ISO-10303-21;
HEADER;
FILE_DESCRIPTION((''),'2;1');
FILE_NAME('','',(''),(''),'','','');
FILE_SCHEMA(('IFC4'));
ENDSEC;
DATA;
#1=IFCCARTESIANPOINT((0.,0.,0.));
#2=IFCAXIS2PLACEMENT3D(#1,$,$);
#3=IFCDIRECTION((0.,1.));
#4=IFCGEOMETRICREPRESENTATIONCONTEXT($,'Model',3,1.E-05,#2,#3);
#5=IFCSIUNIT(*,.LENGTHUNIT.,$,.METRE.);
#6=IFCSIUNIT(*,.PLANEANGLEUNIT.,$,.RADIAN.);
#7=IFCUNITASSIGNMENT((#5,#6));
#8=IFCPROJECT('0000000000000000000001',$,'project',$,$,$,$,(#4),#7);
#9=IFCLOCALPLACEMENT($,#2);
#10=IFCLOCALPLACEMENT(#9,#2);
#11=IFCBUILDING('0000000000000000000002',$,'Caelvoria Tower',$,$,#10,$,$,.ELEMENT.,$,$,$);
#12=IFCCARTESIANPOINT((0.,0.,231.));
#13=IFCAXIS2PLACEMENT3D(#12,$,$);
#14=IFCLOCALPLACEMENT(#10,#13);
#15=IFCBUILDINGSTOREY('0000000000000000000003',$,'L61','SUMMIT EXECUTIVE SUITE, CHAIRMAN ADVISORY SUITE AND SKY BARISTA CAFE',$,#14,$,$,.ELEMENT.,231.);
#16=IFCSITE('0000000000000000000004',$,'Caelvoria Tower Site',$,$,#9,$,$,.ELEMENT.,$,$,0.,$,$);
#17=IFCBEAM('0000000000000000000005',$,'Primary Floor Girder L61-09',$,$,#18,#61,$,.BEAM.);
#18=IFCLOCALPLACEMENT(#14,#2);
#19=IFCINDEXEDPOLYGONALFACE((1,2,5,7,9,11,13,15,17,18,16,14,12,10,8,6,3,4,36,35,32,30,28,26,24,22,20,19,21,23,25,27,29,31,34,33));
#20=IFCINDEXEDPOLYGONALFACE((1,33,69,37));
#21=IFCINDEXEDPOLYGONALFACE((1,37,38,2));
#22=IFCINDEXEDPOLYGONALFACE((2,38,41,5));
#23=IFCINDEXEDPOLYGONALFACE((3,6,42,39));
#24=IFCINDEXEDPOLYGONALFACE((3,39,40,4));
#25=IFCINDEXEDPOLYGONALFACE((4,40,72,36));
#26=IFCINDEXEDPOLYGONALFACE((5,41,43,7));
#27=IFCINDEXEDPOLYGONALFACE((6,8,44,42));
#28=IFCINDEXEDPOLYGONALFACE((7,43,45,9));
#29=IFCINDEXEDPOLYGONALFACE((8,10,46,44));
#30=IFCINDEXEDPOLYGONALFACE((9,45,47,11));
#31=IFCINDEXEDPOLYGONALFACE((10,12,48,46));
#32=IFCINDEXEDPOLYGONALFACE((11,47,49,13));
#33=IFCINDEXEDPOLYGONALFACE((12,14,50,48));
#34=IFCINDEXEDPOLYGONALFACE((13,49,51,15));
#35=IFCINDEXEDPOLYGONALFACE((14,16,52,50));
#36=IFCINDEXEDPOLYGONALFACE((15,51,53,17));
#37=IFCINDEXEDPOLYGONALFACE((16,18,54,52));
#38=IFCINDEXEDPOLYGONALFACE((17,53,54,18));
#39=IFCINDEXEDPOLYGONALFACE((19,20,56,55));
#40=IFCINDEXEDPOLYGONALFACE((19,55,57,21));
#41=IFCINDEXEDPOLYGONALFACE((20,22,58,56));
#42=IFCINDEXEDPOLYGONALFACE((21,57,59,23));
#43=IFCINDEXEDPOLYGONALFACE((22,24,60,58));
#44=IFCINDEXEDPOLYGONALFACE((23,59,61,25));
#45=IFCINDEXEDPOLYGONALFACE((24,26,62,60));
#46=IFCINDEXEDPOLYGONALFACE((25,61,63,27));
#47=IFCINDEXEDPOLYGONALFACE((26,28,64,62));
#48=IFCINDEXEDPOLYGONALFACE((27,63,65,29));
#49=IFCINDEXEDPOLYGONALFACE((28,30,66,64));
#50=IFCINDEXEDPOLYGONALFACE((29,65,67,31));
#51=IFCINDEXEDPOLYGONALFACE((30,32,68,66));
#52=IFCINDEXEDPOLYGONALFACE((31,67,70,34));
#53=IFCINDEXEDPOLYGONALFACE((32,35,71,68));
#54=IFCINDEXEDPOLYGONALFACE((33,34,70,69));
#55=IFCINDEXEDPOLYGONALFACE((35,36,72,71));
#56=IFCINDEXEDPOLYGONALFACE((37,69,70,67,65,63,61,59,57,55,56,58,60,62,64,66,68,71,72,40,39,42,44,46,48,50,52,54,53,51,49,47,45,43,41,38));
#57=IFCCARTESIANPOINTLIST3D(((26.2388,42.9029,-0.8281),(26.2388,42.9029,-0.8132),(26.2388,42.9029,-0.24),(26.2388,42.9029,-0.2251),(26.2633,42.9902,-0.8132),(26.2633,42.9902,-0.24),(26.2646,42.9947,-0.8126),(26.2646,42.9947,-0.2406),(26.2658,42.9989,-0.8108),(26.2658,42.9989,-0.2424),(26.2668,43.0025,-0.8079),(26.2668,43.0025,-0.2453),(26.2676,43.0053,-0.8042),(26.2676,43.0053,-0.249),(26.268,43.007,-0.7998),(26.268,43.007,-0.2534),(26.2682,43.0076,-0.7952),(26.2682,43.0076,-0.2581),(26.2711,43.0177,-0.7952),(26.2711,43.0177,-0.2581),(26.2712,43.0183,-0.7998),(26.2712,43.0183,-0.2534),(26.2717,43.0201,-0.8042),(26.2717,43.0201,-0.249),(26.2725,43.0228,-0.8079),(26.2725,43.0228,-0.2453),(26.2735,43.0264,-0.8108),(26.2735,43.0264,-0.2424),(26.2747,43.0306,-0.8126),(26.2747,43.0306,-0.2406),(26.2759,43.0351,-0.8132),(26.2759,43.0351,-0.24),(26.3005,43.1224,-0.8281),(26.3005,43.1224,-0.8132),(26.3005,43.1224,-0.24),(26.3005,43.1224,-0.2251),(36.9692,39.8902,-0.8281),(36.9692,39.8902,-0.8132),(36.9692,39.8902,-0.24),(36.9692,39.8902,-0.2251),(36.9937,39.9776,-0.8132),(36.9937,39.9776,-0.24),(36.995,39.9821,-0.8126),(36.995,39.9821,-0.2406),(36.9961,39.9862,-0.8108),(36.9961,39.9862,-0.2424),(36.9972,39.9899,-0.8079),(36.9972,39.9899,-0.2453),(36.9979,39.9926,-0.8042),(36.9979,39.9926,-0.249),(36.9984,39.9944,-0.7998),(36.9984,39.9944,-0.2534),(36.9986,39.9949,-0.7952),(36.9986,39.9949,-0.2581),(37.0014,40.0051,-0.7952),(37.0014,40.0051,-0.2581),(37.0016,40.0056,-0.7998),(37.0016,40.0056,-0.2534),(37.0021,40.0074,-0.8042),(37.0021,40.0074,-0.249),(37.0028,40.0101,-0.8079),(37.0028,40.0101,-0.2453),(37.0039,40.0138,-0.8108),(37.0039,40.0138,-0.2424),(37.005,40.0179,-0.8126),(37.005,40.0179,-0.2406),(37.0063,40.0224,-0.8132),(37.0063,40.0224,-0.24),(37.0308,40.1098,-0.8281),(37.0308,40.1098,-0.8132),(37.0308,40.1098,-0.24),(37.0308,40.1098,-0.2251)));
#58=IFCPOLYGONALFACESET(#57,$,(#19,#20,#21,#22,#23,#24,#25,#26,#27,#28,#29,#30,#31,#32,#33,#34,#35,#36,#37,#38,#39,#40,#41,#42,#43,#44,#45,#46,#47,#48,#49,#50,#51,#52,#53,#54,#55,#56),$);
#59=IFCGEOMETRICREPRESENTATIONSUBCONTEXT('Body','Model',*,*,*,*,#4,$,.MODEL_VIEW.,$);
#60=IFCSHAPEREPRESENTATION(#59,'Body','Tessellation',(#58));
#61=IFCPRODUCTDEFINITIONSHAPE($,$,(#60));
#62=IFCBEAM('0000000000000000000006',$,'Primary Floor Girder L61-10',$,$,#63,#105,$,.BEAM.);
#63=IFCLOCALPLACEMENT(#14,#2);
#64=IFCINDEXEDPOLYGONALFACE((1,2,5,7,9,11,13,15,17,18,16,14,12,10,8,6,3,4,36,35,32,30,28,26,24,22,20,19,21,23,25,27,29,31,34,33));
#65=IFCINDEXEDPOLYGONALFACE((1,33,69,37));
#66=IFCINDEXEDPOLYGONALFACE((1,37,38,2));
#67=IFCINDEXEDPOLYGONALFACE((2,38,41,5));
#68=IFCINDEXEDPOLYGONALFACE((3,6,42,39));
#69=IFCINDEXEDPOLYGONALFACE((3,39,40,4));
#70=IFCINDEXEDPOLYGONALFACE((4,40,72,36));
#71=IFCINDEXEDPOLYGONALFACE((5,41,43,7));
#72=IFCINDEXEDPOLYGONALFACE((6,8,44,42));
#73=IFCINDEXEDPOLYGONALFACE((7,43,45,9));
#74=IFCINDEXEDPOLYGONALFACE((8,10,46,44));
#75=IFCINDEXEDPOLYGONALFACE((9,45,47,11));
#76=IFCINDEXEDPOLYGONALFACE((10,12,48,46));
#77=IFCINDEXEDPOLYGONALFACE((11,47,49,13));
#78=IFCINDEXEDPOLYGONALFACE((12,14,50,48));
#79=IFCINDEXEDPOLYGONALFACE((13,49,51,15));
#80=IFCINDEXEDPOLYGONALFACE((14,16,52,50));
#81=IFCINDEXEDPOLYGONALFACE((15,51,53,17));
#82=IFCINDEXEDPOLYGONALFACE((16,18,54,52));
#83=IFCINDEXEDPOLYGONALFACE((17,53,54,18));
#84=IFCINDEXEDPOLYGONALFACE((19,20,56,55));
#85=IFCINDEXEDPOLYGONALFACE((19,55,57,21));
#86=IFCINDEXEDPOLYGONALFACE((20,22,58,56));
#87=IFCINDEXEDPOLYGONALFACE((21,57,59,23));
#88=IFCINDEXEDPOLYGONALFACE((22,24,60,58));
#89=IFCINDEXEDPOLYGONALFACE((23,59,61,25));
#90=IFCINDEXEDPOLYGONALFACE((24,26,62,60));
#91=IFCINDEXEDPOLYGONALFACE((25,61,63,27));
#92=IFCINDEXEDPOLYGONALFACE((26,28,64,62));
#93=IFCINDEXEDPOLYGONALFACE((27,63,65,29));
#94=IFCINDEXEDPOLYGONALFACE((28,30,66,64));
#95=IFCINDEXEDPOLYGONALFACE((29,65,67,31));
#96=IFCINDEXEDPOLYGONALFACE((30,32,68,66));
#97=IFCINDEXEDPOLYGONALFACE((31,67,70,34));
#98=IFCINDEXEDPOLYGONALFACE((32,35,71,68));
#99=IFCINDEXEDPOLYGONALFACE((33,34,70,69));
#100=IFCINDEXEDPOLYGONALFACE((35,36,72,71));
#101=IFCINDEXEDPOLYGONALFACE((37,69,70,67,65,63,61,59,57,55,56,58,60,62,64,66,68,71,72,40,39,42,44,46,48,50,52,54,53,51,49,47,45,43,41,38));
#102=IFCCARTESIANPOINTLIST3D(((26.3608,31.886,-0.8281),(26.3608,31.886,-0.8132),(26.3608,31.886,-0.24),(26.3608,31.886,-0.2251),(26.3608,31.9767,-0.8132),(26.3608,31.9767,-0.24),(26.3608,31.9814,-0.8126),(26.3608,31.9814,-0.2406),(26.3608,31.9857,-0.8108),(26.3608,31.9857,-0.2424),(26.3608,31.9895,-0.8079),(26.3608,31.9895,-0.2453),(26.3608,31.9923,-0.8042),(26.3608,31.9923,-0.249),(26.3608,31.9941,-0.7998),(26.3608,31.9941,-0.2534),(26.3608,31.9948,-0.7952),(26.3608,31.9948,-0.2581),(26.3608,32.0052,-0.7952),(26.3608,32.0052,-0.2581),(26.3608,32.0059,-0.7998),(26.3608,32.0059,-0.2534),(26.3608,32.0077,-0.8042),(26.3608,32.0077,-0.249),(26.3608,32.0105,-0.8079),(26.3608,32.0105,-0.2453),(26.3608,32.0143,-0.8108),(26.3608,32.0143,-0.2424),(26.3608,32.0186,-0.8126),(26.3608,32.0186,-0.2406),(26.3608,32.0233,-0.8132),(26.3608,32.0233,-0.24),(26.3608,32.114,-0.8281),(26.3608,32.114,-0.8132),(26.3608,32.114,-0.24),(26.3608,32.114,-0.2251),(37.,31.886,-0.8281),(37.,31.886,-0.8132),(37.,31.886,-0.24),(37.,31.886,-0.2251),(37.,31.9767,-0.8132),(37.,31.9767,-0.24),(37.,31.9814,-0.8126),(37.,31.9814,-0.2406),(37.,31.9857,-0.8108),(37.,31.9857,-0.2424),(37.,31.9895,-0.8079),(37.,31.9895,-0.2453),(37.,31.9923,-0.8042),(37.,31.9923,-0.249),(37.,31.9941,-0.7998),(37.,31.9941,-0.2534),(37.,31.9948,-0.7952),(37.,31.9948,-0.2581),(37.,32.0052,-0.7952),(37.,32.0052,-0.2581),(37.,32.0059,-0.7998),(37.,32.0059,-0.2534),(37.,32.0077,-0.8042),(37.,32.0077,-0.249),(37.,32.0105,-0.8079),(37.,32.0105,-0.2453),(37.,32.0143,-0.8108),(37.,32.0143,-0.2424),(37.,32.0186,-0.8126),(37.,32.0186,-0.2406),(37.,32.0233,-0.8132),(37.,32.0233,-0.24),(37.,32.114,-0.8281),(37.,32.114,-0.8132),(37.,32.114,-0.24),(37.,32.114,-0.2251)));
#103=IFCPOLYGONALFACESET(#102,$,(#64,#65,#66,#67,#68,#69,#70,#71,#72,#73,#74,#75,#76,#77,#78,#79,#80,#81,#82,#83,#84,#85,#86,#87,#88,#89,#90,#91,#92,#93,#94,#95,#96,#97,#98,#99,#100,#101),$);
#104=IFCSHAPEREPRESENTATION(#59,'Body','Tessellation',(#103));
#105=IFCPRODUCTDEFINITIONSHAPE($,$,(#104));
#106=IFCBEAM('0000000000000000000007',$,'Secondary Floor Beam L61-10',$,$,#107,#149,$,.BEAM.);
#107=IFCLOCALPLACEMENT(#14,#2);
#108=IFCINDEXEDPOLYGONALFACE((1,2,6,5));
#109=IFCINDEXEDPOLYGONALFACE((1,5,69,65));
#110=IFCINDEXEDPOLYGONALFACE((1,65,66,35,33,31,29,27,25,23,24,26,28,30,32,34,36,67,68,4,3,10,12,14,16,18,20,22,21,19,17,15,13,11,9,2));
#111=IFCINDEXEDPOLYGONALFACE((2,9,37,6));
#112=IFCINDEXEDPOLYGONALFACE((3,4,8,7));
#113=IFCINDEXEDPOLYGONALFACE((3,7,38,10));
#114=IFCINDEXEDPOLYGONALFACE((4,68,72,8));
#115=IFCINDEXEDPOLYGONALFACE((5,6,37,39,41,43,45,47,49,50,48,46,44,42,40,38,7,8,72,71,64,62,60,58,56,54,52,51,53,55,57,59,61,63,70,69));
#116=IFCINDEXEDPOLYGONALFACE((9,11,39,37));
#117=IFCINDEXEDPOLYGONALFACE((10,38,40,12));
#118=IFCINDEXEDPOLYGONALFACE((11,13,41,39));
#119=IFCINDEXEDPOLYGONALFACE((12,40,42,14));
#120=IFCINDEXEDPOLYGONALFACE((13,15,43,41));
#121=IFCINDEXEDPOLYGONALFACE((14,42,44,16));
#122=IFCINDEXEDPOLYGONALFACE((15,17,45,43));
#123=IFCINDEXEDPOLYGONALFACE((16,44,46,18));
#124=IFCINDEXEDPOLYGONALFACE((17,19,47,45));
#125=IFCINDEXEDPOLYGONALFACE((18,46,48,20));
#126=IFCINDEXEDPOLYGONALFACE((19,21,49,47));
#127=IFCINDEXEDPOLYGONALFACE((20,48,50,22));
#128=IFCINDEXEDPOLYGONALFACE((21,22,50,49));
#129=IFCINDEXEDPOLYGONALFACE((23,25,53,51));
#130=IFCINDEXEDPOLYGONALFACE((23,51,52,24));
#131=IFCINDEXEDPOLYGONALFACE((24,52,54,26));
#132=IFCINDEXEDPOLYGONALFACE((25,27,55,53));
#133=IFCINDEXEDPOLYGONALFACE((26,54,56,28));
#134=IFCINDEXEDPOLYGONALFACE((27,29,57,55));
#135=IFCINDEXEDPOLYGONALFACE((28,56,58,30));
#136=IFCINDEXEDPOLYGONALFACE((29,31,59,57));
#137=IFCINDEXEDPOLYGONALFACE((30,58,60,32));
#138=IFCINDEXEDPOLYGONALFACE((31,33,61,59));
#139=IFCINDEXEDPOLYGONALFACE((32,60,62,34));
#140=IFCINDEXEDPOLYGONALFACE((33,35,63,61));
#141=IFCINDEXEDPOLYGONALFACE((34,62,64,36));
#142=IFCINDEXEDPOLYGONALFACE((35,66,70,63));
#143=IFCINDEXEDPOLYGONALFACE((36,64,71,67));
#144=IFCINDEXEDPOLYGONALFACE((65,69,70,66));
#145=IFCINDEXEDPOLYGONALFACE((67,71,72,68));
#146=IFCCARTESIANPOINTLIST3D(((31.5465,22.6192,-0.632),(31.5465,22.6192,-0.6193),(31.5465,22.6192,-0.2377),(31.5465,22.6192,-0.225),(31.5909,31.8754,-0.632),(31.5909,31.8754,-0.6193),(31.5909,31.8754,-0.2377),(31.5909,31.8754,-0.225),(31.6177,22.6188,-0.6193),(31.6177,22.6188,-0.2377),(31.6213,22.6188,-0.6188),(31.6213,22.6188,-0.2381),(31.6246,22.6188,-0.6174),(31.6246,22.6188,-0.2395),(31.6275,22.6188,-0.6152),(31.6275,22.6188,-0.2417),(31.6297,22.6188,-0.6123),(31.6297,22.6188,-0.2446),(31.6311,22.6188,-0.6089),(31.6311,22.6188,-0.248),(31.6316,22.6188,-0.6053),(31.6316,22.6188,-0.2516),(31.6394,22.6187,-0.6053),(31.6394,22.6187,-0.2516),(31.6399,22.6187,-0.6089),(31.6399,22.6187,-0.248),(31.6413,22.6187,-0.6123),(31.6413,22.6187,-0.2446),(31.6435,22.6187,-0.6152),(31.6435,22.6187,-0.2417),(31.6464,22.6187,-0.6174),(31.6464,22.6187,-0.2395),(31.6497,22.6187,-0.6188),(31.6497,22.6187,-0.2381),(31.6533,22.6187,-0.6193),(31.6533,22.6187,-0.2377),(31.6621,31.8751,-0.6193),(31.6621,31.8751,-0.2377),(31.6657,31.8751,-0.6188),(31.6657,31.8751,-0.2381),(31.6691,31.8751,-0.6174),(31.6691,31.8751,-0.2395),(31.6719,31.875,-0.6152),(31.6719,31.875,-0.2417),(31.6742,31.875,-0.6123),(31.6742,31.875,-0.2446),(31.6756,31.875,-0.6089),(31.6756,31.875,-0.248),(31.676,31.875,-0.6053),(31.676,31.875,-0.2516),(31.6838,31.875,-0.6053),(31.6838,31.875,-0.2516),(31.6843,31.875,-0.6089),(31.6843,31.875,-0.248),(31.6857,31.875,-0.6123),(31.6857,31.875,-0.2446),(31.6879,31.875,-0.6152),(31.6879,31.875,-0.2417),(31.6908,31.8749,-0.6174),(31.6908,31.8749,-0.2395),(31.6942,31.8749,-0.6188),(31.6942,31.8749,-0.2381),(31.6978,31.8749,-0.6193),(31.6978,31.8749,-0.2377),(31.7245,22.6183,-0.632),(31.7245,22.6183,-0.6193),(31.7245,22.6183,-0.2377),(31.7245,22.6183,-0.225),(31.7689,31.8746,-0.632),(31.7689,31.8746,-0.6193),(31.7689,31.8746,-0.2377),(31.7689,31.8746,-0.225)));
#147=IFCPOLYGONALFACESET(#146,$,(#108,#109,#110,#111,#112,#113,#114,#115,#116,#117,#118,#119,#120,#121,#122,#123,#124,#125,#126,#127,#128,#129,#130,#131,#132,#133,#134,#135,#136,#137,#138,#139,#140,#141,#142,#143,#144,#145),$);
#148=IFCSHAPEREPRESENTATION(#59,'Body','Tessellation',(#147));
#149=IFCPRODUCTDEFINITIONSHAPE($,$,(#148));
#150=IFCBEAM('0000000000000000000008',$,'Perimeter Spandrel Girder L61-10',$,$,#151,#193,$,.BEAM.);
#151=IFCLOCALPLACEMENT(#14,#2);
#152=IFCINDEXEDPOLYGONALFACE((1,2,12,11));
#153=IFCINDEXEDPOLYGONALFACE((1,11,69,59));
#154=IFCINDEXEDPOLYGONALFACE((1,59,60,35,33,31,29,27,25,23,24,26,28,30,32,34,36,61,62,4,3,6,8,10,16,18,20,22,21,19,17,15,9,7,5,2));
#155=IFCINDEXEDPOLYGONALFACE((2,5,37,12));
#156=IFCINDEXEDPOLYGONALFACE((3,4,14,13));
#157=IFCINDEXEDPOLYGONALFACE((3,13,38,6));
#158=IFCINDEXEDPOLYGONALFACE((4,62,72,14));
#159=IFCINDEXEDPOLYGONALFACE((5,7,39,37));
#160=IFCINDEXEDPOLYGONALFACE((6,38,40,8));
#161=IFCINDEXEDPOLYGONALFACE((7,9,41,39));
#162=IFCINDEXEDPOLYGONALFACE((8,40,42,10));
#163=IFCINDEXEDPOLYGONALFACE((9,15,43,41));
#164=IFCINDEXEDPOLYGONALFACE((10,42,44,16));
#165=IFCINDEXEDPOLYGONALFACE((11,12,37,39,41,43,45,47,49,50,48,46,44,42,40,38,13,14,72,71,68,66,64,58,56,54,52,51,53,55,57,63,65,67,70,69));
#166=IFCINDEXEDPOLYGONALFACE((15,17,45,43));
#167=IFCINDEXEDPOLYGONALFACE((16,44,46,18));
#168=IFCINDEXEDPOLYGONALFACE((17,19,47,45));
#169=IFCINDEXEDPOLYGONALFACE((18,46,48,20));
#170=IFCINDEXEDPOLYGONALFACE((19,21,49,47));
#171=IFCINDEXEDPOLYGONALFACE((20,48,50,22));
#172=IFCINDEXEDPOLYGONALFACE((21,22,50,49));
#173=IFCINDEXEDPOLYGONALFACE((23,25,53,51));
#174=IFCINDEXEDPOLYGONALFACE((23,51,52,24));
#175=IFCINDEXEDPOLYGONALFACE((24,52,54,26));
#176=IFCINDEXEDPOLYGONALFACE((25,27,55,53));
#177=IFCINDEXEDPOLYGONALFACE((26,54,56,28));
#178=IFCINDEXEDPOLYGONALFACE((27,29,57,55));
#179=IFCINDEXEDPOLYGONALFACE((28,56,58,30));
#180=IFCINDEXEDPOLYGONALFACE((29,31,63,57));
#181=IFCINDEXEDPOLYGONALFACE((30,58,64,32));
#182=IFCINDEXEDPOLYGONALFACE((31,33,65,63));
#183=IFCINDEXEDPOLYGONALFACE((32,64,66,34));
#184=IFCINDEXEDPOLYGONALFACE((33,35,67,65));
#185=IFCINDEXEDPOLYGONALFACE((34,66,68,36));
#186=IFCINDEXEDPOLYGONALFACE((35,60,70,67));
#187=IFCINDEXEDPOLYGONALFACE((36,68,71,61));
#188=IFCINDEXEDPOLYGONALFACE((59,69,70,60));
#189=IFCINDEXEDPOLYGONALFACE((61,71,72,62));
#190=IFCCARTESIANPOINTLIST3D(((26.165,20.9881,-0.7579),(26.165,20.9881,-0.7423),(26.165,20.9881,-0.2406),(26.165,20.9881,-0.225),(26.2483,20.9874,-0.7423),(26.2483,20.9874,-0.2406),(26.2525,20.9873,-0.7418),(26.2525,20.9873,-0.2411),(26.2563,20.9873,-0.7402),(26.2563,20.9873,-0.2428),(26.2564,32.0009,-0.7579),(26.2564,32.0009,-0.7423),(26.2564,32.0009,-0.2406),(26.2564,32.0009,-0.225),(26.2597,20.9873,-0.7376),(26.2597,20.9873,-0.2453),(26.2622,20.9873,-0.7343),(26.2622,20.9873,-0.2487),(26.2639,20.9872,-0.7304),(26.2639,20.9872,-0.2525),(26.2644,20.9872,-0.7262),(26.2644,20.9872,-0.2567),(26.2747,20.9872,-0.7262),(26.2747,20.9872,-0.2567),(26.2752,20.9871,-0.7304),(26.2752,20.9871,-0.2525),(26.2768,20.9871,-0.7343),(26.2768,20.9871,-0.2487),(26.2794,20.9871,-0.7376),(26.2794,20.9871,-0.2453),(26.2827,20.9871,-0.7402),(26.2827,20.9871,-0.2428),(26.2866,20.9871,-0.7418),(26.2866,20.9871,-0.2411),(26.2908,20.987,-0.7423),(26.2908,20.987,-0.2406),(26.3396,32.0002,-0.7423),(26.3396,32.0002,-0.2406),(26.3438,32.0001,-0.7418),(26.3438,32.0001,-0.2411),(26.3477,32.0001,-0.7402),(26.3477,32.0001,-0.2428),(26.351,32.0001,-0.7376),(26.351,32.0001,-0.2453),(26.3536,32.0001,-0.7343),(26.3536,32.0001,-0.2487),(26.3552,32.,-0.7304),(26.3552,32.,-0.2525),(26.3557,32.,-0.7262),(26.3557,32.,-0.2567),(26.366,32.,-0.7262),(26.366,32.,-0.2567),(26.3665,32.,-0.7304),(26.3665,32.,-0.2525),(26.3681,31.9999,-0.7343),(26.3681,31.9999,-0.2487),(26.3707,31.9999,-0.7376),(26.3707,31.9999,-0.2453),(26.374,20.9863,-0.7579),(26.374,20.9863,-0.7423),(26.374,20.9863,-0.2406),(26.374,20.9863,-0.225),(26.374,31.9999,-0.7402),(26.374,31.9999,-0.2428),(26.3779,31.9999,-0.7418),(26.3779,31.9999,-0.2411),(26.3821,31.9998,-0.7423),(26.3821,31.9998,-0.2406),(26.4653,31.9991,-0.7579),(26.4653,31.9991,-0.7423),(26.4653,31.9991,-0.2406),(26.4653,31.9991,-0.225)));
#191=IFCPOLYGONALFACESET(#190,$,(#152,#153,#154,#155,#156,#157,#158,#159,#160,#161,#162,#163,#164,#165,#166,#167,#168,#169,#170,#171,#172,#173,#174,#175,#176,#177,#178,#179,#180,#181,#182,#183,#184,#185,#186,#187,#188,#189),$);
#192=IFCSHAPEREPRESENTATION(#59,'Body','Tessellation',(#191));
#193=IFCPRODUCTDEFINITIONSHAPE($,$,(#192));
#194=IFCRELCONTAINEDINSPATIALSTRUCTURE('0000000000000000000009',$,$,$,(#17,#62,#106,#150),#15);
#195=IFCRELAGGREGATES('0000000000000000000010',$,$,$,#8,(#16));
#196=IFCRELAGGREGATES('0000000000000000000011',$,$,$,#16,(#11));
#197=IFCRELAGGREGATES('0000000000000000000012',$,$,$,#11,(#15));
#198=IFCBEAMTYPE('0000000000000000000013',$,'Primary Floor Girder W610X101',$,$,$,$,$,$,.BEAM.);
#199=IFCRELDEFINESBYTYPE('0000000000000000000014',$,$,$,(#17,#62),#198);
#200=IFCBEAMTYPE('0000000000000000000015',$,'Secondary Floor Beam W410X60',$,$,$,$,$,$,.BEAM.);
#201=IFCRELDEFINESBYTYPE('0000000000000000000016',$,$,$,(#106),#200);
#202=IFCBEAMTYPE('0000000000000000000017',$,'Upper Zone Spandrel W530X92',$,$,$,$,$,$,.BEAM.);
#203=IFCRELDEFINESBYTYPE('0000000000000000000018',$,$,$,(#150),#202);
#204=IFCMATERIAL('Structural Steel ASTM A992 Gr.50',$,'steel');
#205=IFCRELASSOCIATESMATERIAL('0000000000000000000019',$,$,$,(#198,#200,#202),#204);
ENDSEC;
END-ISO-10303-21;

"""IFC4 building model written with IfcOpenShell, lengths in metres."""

from ifc_helpers import new_model, si_unit, direction, frame, origin, origin_2d, place, context, subcontext, project, spatial, i_section, extrude, material, material_profile, profile_set, type_object, element, save


model = new_model("IFC4")

# Units and contexts
model_context = context("Model", 3, precision=1e-05, world=origin(), true_north=direction((0.0, 1.0)))
body_context = subcontext(model_context, "Body", "Model", "MODEL_VIEW")
ifc_project = project(units=[si_unit("LENGTHUNIT", "METRE"), si_unit("PLANEANGLEUNIT", "RADIAN")], contexts=[model_context])

# Site, building, storey
site_placement = place(None, origin())
site = spatial("IfcSite", under=ifc_project, at=site_placement, Name="Caelvoria Tower Site", CompositionType="ELEMENT", RefElevation=0.0)
building_placement = place(site_placement, origin())
building = spatial("IfcBuilding", under=site, at=building_placement, Name="Caelvoria Tower", CompositionType="ELEMENT")
storey_placement = place(building_placement, frame((0.0, 0.0, 231.0)))
storey = spatial("IfcBuildingStorey", under=building, at=storey_placement, Name="L61", Description="SUMMIT EXECUTIVE SUITE, CHAIRMAN ADVISORY SUITE AND SKY BARISTA CAFE", CompositionType="ELEMENT", Elevation=231.0)

# Shared definitions
ifc_material_1 = material(Name="Structural Steel ASTM A992 Gr.50", Category="steel")

# Beams
ifc_material_profile_1 = material_profile(ifc_material_1, i_section(OverallWidth=0.228, OverallDepth=0.603, WebThickness=0.0105, FlangeThickness=0.0149, FilletRadius=0.0181, at=origin_2d()), Name="Structural Steel ASTM A992 Gr.50")
ifc_profile_set_1 = profile_set([ifc_material_profile_1], Name="W610X101 - Structural Steel ASTM A992 Gr.50")
beam_type_1 = type_object("IfcBeamType", Name="Primary Floor Girder W610X101", PredefinedType="BEAM", material=ifc_profile_set_1)
beam_1_placement = place(storey_placement, frame((37.0, 40.0, -0.5266), z_axis=(-0.962774, 0.270309, 0.0), x_axis=(-0.270309, -0.962774, 0.0)))
element("IfcBeam", 1, at=beam_1_placement, inside=storey, type_object=beam_type_1, Name="Primary Floor Girder L61-09", PredefinedType="BEAM", context=body_context, shape_type="SweptSolid", body=[
    extrude(i_section(OverallWidth=0.228, OverallDepth=0.603, WebThickness=0.0105, FlangeThickness=0.0149, FilletRadius=0.0181, at=origin_2d()), origin(), (0.0, 0.0, 1.0), 11.1453),
])
beam_2_placement = place(storey_placement, frame((37.0, 32.0, -0.5266), z_axis=(-1.0, 0.0, 0.0), x_axis=(0.0, -1.0, 0.0)))
element("IfcBeam", 2, at=beam_2_placement, inside=storey, type_object=beam_type_1, Name="Primary Floor Girder L61-10", PredefinedType="BEAM", context=body_context, shape_type="SweptSolid", body=[
    extrude(i_section(OverallWidth=0.228, OverallDepth=0.603, WebThickness=0.0105, FlangeThickness=0.0149, FilletRadius=0.0181, at=origin_2d()), origin(), (0.0, 0.0, 1.0), 10.6392),
])
ifc_material_profile_2 = material_profile(ifc_material_1, i_section(OverallWidth=0.178, OverallDepth=0.407, WebThickness=0.0078, FlangeThickness=0.0127, FilletRadius=0.0139, at=origin_2d()), Name="Structural Steel ASTM A992 Gr.50")
ifc_profile_set_2 = profile_set([ifc_material_profile_2], Name="W410X60 - Structural Steel ASTM A992 Gr.50")
beam_type_2 = type_object("IfcBeamType", Name="Secondary Floor Beam W410X60", PredefinedType="BEAM", material=ifc_profile_set_2)
beam_3_placement = place(storey_placement, frame((31.6799, 31.875, -0.4285), z_axis=(-0.0048, -0.999988, 0.0), x_axis=(0.999988, -0.0048, 0.0)))
element("IfcBeam", 3, at=beam_3_placement, inside=storey, type_object=beam_type_2, Name="Secondary Floor Beam L61-10", PredefinedType="BEAM", context=body_context, shape_type="SweptSolid", body=[
    extrude(i_section(OverallWidth=0.178, OverallDepth=0.407, WebThickness=0.0078, FlangeThickness=0.0127, FilletRadius=0.0139, at=origin_2d()), origin(), (0.0, 0.0, 1.0), 9.2563),
])
ifc_material_profile_3 = material_profile(ifc_material_1, i_section(OverallWidth=0.209, OverallDepth=0.533, WebThickness=0.0103, FlangeThickness=0.0156, FilletRadius=0.0161, at=origin_2d()), Name="Structural Steel ASTM A992 Gr.50")
ifc_profile_set_3 = profile_set([ifc_material_profile_3], Name="W530X92 - Structural Steel ASTM A992 Gr.50")
beam_type_3 = type_object("IfcBeamType", Name="Upper Zone Spandrel W530X92", PredefinedType="BEAM", material=ifc_profile_set_3)
beam_4_placement = place(storey_placement, frame((26.3608, 32.0, -0.4915), z_axis=(-0.008291, -0.999966, 0.0), x_axis=(0.999966, -0.008291, 0.0)))
element("IfcBeam", 4, at=beam_4_placement, inside=storey, type_object=beam_type_3, Name="Perimeter Spandrel Girder L61-10", PredefinedType="BEAM", context=body_context, shape_type="SweptSolid", body=[
    extrude(i_section(OverallWidth=0.209, OverallDepth=0.533, WebThickness=0.0103, FlangeThickness=0.0156, FilletRadius=0.0161, at=origin_2d()), origin(), (0.0, 0.0, 1.0), 11.0132),
])

save(model, "model.ifc")
